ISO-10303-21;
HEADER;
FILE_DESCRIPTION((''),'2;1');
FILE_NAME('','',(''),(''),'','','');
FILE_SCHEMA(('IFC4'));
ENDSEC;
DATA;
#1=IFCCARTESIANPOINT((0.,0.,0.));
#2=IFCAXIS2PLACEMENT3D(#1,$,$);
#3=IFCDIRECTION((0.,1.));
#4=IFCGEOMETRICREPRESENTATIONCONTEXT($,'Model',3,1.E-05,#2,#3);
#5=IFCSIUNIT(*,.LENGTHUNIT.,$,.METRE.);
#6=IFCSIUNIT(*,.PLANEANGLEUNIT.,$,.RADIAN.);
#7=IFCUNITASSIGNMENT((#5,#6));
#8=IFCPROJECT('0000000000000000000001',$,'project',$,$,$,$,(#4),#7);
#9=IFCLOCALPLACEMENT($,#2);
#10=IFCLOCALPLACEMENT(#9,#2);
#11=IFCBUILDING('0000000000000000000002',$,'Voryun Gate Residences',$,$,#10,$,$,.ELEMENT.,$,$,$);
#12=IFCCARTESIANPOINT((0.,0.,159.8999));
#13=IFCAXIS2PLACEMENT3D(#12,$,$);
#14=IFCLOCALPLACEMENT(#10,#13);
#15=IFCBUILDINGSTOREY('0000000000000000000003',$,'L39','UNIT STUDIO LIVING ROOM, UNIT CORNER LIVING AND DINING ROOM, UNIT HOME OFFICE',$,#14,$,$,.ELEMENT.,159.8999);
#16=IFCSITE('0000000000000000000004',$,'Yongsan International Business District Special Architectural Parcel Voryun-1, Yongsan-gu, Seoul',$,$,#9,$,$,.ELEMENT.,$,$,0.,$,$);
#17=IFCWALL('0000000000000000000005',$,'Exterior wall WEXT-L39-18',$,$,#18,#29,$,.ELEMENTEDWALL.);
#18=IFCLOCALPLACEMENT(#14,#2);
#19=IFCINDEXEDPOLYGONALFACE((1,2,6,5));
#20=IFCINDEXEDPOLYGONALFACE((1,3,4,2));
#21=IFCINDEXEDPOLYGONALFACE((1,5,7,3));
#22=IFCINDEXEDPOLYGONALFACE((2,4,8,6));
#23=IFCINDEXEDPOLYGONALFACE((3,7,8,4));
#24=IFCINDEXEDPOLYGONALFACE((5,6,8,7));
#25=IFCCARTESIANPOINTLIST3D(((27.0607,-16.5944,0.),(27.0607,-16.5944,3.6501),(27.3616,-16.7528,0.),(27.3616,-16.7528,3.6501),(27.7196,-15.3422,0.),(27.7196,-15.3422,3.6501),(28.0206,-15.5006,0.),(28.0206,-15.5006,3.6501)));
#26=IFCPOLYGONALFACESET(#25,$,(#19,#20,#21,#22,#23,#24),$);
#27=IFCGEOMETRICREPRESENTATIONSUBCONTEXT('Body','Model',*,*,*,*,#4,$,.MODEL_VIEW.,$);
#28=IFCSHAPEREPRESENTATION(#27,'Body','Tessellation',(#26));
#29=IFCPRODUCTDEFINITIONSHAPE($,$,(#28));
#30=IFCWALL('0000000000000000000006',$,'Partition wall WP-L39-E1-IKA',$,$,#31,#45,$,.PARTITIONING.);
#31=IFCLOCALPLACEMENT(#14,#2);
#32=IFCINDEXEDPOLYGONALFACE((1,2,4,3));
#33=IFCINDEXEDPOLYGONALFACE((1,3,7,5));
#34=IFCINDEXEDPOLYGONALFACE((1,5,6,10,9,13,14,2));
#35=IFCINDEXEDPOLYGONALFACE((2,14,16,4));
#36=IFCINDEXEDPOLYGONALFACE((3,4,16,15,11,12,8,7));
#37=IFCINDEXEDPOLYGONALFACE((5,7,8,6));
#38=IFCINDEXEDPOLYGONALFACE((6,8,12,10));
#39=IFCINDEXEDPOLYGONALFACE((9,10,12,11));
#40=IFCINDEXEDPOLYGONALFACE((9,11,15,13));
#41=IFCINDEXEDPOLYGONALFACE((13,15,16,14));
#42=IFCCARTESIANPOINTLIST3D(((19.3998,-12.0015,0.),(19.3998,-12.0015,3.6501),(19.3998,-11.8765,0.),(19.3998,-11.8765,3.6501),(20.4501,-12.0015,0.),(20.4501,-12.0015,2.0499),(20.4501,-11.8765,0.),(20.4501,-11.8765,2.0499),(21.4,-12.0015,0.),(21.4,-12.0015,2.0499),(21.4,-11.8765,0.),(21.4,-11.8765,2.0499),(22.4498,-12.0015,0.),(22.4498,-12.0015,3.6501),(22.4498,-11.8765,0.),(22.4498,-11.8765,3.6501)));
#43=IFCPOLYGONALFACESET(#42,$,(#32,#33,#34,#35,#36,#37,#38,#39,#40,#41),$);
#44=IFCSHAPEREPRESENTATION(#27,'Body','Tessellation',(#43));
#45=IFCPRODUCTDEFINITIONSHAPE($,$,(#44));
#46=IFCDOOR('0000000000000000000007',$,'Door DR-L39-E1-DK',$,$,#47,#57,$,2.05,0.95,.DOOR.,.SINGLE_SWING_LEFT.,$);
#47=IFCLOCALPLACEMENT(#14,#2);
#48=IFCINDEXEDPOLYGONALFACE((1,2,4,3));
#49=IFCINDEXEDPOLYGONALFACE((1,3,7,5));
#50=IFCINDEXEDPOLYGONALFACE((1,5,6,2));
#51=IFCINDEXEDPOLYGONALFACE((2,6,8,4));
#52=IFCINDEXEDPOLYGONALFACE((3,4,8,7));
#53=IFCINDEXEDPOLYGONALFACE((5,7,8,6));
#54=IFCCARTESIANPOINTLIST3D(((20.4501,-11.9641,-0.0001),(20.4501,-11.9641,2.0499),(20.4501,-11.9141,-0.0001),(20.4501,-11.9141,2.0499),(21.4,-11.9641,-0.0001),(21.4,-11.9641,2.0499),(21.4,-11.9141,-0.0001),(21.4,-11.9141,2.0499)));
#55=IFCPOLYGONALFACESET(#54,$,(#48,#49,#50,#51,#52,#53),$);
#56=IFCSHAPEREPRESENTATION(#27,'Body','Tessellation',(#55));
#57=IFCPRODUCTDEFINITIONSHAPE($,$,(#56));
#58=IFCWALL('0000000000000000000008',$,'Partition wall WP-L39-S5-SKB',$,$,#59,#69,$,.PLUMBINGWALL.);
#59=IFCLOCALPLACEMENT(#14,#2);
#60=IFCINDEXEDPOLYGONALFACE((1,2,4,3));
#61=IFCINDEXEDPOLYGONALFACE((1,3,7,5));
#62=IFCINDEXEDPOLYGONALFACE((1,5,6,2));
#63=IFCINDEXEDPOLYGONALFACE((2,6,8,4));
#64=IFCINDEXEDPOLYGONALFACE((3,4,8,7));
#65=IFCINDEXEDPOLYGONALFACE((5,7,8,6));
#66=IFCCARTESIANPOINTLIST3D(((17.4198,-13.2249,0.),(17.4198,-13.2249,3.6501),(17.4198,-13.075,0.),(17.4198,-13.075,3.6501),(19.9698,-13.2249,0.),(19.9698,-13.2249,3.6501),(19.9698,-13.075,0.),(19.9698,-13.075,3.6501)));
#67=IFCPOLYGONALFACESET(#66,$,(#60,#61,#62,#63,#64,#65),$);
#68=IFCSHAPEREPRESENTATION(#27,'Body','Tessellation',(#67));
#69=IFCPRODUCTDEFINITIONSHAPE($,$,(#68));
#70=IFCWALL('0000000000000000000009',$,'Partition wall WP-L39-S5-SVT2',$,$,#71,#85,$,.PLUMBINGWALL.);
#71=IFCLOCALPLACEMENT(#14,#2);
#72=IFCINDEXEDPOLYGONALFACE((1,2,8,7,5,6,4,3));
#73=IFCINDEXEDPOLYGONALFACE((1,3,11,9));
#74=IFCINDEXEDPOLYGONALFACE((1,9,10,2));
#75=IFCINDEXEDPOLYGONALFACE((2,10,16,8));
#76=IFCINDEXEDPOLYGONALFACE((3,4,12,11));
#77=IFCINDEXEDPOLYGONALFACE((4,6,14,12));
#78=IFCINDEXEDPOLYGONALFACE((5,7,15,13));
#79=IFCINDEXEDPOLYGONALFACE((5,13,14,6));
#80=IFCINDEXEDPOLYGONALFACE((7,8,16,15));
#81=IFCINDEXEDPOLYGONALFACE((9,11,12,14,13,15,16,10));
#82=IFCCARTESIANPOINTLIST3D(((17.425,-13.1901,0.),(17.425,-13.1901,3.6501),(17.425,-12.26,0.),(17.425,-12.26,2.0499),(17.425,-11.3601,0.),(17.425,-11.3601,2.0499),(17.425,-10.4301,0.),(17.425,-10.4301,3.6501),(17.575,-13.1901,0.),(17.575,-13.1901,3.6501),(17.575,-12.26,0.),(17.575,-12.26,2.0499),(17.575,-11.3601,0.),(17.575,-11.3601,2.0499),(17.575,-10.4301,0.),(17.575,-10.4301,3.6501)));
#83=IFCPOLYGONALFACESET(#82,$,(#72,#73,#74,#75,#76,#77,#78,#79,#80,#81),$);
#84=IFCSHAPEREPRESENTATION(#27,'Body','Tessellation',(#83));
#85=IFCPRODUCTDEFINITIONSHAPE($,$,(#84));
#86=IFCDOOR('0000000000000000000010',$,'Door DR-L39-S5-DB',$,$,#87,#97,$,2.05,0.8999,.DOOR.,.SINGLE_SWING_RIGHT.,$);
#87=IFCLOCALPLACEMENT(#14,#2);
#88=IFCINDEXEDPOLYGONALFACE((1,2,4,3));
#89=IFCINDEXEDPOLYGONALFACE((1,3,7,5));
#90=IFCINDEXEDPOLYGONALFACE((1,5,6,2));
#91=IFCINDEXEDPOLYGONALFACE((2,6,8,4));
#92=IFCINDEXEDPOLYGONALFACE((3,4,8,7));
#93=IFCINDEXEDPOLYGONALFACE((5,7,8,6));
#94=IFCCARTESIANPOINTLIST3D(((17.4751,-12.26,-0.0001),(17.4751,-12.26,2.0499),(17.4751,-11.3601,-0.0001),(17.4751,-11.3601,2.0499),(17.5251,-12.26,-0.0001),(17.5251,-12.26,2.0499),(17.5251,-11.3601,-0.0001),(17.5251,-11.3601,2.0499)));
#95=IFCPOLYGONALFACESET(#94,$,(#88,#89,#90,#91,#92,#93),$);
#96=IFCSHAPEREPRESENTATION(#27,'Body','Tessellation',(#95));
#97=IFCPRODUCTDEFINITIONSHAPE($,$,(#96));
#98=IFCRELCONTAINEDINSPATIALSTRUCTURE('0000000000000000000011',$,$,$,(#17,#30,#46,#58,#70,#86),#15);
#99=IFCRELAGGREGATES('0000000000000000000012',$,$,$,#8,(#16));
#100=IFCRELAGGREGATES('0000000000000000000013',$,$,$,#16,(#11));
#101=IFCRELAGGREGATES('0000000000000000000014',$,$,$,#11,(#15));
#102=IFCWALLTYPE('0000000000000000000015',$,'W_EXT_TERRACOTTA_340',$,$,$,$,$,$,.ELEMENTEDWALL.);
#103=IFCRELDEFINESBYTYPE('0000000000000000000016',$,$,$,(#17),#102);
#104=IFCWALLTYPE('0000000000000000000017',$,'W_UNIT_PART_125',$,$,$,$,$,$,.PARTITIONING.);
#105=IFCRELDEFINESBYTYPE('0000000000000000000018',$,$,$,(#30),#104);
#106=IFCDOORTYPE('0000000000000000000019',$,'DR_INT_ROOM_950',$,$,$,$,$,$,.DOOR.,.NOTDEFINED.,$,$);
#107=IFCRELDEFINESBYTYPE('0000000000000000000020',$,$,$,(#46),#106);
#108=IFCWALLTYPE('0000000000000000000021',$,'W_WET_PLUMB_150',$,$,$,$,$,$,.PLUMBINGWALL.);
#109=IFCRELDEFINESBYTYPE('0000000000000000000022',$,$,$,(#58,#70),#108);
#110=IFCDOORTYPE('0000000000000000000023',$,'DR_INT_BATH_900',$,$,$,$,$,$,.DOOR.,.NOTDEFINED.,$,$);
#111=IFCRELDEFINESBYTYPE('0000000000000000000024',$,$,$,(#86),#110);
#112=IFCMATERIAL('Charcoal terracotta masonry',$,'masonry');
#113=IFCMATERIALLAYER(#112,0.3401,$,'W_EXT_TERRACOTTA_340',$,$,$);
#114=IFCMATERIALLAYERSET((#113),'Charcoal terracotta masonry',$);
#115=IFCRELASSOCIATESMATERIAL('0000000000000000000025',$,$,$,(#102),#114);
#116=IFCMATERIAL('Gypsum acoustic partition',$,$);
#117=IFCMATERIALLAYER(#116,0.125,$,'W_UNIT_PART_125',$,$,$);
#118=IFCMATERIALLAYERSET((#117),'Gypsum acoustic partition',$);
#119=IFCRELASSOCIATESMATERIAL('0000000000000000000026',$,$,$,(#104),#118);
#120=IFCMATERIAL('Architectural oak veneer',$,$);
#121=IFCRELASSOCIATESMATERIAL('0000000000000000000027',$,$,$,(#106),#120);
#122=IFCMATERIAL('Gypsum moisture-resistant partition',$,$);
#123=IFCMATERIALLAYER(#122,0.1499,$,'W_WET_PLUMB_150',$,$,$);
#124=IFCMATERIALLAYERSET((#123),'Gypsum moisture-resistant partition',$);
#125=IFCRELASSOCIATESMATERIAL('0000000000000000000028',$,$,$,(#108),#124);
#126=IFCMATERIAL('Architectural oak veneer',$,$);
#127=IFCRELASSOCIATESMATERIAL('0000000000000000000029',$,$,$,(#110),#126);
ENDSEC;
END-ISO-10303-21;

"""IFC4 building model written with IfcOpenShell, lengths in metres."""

from ifc_helpers import new_model, si_unit, direction, frame, frame_2d, origin, place, context, subcontext, project, spatial, rectangle, extrude, material, layer, layer_set, type_object, element, fill, save


model = new_model("IFC4")

# Units and contexts
model_context = context("Model", 3, precision=1e-05, world=origin(), true_north=direction((0.0, 1.0)))
body_context = subcontext(model_context, "Body", "Model", "MODEL_VIEW")
ifc_project = project(units=[si_unit("LENGTHUNIT", "METRE"), si_unit("PLANEANGLEUNIT", "RADIAN")], contexts=[model_context])

# Site, building, storey
site_placement = place(None, origin())
site = spatial("IfcSite", under=ifc_project, at=site_placement, Name="Yongsan International Business District Special Architectural Parcel Voryun-1, Yongsan-gu, Seoul", CompositionType="ELEMENT", RefElevation=0.0)
building_placement = place(site_placement, origin())
building = spatial("IfcBuilding", under=site, at=building_placement, Name="Voryun Gate Residences", CompositionType="ELEMENT")
storey_placement = place(building_placement, frame((0.0, 0.0, 159.8999)))
storey = spatial("IfcBuildingStorey", under=building, at=storey_placement, Name="L39", Description="UNIT STUDIO LIVING ROOM, UNIT CORNER LIVING AND DINING ROOM, UNIT HOME OFFICE", CompositionType="ELEMENT", Elevation=159.8999)

# Wall
ifc_material_1 = material(Name="Charcoal terracotta masonry", Category="masonry")
ifc_layer_1 = layer(ifc_material_1, 0.3401, Name="W_EXT_TERRACOTTA_340")
ifc_layer_set_1 = layer_set([ifc_layer_1], Name="Charcoal terracotta masonry")
wall_type_1 = type_object("IfcWallType", Name="W_EXT_TERRACOTTA_340", PredefinedType="ELEMENTEDWALL", material=ifc_layer_set_1)
wall_1_placement = place(storey_placement, frame((27.8701, -15.4214, 0.0), z_axis=(0.0, 0.0, 1.0), x_axis=(-0.465682, -0.884952, 0.0)))
element("IfcWall", 1, at=wall_1_placement, inside=storey, type_object=wall_type_1, Name="Exterior wall WEXT-L39-18", PredefinedType="ELEMENTEDWALL", context=body_context, shape_type="SweptSolid", body=[
    extrude(rectangle(XDim=1.415, YDim=0.3401, at=frame_2d((0.7075, 0.0))), origin(), (0.0, 0.0, 1.0), 3.6501),
])

# Wall, opening, door
ifc_material_2 = material(Name="Gypsum acoustic partition")
ifc_layer_2 = layer(ifc_material_2, 0.125, Name="W_UNIT_PART_125")
ifc_layer_set_2 = layer_set([ifc_layer_2], Name="Gypsum acoustic partition")
wall_type_2 = type_object("IfcWallType", Name="W_UNIT_PART_125", PredefinedType="PARTITIONING", material=ifc_layer_set_2)
wall_2_placement = place(storey_placement, frame((19.3999, -11.939, 0.0), z_axis=(0.0, 0.0, 1.0), x_axis=(1.0, 0.0, 0.0)))
wall_2 = element("IfcWall", 2, at=wall_2_placement, inside=storey, type_object=wall_type_2, Name="Partition wall WP-L39-E1-IKA", PredefinedType="PARTITIONING", context=body_context, shape_type="SweptSolid", body=[
    extrude(rectangle(XDim=3.05, YDim=0.125, at=frame_2d((1.5249, 0.0))), origin(), (0.0, 0.0, 1.0), 3.6501),
])
opening_1_placement = place(wall_2_placement, frame((1.05, 0.0, 0.0)))
opening_1 = element("IfcOpeningElement", 3, at=opening_1_placement, cuts=wall_2, PredefinedType="OPENING", context=body_context, shape_type="SweptSolid", body=[
    extrude(rectangle(XDim=0.95, YDim=2.05, at=frame_2d((0.4751, 1.0249))), frame((0.0, 0.0725, 0.0), z_axis=(0.0, -1.0, 0.0), x_axis=(1.0, 0.0, 0.0)), (0.0, 0.0, 1.0), 0.145),
])
ifc_material_3 = material(Name="Architectural oak veneer")
door_type_1 = type_object("IfcDoorType", Name="DR_INT_ROOM_950", OperationType="NOTDEFINED", PredefinedType="DOOR", material=ifc_material_3)
door_1_placement = place(opening_1_placement, origin())
door_1 = element("IfcDoor", 4, at=door_1_placement, inside=storey, type_object=door_type_1, Name="Door DR-L39-E1-DK", OperationType="SINGLE_SWING_LEFT", OverallHeight=2.05, OverallWidth=0.95, PredefinedType="DOOR", context=body_context, shape_type="SweptSolid", body=[
    extrude(rectangle(XDim=0.95, YDim=2.05, at=frame_2d((0.4751, 1.0249))), frame((0.0, 0.0249, 0.0), z_axis=(0.0, -1.0, 0.0), x_axis=(1.0, 0.0, 0.0)), (0.0, 0.0, 1.0), 0.05),
])
fill(opening_1, door_1)

# Wall
ifc_material_4 = material(Name="Gypsum moisture-resistant partition")
ifc_layer_3 = layer(ifc_material_4, 0.1499, Name="W_WET_PLUMB_150")
ifc_layer_set_3 = layer_set([ifc_layer_3], Name="Gypsum moisture-resistant partition")
wall_type_3 = type_object("IfcWallType", Name="W_WET_PLUMB_150", PredefinedType="PLUMBINGWALL", material=ifc_layer_set_3)
wall_3_placement = place(storey_placement, frame((17.4199, -13.1499, 0.0), z_axis=(0.0, 0.0, 1.0), x_axis=(1.0, 0.0, 0.0)))
element("IfcWall", 5, at=wall_3_placement, inside=storey, type_object=wall_type_3, Name="Partition wall WP-L39-S5-SKB", PredefinedType="PLUMBINGWALL", context=body_context, shape_type="SweptSolid", body=[
    extrude(rectangle(XDim=2.55, YDim=0.1499, at=frame_2d((1.2749, 0.0))), origin(), (0.0, 0.0, 1.0), 3.6501),
])

# Wall, opening, door
wall_4_placement = place(storey_placement, frame((17.5, -13.1899, 0.0), z_axis=(0.0, 0.0, 1.0), x_axis=(0.0, 1.0, 0.0)))
wall_4 = element("IfcWall", 6, at=wall_4_placement, inside=storey, type_object=wall_type_3, Name="Partition wall WP-L39-S5-SVT2", PredefinedType="PLUMBINGWALL", context=body_context, shape_type="SweptSolid", body=[
    extrude(rectangle(XDim=2.76, YDim=0.1499, at=frame_2d((1.3799, 0.0))), origin(), (0.0, 0.0, 1.0), 3.6501),
])
opening_2_placement = place(wall_4_placement, frame((0.9299, 0.0, 0.0)))
opening_2 = element("IfcOpeningElement", 7, at=opening_2_placement, cuts=wall_4, PredefinedType="OPENING", context=body_context, shape_type="SweptSolid", body=[
    extrude(rectangle(XDim=0.8999, YDim=2.05, at=frame_2d((0.45, 1.0249))), frame((0.0, 0.085, 0.0), z_axis=(0.0, -1.0, 0.0), x_axis=(1.0, 0.0, 0.0)), (0.0, 0.0, 1.0), 0.1699),
])
ifc_material_5 = material(Name="Architectural oak veneer")
door_type_2 = type_object("IfcDoorType", Name="DR_INT_BATH_900", OperationType="NOTDEFINED", PredefinedType="DOOR", material=ifc_material_5)
door_2_placement = place(opening_2_placement, origin())
door_2 = element("IfcDoor", 8, at=door_2_placement, inside=storey, type_object=door_type_2, Name="Door DR-L39-S5-DB", OperationType="SINGLE_SWING_RIGHT", OverallHeight=2.05, OverallWidth=0.8999, PredefinedType="DOOR", context=body_context, shape_type="SweptSolid", body=[
    extrude(rectangle(XDim=0.8999, YDim=2.05, at=frame_2d((0.45, 1.0249))), frame((0.0, 0.0249, 0.0), z_axis=(0.0, -1.0, 0.0), x_axis=(1.0, 0.0, 0.0)), (0.0, 0.0, 1.0), 0.05),
])
fill(opening_2, door_2)

save(model, "model.ifc")
